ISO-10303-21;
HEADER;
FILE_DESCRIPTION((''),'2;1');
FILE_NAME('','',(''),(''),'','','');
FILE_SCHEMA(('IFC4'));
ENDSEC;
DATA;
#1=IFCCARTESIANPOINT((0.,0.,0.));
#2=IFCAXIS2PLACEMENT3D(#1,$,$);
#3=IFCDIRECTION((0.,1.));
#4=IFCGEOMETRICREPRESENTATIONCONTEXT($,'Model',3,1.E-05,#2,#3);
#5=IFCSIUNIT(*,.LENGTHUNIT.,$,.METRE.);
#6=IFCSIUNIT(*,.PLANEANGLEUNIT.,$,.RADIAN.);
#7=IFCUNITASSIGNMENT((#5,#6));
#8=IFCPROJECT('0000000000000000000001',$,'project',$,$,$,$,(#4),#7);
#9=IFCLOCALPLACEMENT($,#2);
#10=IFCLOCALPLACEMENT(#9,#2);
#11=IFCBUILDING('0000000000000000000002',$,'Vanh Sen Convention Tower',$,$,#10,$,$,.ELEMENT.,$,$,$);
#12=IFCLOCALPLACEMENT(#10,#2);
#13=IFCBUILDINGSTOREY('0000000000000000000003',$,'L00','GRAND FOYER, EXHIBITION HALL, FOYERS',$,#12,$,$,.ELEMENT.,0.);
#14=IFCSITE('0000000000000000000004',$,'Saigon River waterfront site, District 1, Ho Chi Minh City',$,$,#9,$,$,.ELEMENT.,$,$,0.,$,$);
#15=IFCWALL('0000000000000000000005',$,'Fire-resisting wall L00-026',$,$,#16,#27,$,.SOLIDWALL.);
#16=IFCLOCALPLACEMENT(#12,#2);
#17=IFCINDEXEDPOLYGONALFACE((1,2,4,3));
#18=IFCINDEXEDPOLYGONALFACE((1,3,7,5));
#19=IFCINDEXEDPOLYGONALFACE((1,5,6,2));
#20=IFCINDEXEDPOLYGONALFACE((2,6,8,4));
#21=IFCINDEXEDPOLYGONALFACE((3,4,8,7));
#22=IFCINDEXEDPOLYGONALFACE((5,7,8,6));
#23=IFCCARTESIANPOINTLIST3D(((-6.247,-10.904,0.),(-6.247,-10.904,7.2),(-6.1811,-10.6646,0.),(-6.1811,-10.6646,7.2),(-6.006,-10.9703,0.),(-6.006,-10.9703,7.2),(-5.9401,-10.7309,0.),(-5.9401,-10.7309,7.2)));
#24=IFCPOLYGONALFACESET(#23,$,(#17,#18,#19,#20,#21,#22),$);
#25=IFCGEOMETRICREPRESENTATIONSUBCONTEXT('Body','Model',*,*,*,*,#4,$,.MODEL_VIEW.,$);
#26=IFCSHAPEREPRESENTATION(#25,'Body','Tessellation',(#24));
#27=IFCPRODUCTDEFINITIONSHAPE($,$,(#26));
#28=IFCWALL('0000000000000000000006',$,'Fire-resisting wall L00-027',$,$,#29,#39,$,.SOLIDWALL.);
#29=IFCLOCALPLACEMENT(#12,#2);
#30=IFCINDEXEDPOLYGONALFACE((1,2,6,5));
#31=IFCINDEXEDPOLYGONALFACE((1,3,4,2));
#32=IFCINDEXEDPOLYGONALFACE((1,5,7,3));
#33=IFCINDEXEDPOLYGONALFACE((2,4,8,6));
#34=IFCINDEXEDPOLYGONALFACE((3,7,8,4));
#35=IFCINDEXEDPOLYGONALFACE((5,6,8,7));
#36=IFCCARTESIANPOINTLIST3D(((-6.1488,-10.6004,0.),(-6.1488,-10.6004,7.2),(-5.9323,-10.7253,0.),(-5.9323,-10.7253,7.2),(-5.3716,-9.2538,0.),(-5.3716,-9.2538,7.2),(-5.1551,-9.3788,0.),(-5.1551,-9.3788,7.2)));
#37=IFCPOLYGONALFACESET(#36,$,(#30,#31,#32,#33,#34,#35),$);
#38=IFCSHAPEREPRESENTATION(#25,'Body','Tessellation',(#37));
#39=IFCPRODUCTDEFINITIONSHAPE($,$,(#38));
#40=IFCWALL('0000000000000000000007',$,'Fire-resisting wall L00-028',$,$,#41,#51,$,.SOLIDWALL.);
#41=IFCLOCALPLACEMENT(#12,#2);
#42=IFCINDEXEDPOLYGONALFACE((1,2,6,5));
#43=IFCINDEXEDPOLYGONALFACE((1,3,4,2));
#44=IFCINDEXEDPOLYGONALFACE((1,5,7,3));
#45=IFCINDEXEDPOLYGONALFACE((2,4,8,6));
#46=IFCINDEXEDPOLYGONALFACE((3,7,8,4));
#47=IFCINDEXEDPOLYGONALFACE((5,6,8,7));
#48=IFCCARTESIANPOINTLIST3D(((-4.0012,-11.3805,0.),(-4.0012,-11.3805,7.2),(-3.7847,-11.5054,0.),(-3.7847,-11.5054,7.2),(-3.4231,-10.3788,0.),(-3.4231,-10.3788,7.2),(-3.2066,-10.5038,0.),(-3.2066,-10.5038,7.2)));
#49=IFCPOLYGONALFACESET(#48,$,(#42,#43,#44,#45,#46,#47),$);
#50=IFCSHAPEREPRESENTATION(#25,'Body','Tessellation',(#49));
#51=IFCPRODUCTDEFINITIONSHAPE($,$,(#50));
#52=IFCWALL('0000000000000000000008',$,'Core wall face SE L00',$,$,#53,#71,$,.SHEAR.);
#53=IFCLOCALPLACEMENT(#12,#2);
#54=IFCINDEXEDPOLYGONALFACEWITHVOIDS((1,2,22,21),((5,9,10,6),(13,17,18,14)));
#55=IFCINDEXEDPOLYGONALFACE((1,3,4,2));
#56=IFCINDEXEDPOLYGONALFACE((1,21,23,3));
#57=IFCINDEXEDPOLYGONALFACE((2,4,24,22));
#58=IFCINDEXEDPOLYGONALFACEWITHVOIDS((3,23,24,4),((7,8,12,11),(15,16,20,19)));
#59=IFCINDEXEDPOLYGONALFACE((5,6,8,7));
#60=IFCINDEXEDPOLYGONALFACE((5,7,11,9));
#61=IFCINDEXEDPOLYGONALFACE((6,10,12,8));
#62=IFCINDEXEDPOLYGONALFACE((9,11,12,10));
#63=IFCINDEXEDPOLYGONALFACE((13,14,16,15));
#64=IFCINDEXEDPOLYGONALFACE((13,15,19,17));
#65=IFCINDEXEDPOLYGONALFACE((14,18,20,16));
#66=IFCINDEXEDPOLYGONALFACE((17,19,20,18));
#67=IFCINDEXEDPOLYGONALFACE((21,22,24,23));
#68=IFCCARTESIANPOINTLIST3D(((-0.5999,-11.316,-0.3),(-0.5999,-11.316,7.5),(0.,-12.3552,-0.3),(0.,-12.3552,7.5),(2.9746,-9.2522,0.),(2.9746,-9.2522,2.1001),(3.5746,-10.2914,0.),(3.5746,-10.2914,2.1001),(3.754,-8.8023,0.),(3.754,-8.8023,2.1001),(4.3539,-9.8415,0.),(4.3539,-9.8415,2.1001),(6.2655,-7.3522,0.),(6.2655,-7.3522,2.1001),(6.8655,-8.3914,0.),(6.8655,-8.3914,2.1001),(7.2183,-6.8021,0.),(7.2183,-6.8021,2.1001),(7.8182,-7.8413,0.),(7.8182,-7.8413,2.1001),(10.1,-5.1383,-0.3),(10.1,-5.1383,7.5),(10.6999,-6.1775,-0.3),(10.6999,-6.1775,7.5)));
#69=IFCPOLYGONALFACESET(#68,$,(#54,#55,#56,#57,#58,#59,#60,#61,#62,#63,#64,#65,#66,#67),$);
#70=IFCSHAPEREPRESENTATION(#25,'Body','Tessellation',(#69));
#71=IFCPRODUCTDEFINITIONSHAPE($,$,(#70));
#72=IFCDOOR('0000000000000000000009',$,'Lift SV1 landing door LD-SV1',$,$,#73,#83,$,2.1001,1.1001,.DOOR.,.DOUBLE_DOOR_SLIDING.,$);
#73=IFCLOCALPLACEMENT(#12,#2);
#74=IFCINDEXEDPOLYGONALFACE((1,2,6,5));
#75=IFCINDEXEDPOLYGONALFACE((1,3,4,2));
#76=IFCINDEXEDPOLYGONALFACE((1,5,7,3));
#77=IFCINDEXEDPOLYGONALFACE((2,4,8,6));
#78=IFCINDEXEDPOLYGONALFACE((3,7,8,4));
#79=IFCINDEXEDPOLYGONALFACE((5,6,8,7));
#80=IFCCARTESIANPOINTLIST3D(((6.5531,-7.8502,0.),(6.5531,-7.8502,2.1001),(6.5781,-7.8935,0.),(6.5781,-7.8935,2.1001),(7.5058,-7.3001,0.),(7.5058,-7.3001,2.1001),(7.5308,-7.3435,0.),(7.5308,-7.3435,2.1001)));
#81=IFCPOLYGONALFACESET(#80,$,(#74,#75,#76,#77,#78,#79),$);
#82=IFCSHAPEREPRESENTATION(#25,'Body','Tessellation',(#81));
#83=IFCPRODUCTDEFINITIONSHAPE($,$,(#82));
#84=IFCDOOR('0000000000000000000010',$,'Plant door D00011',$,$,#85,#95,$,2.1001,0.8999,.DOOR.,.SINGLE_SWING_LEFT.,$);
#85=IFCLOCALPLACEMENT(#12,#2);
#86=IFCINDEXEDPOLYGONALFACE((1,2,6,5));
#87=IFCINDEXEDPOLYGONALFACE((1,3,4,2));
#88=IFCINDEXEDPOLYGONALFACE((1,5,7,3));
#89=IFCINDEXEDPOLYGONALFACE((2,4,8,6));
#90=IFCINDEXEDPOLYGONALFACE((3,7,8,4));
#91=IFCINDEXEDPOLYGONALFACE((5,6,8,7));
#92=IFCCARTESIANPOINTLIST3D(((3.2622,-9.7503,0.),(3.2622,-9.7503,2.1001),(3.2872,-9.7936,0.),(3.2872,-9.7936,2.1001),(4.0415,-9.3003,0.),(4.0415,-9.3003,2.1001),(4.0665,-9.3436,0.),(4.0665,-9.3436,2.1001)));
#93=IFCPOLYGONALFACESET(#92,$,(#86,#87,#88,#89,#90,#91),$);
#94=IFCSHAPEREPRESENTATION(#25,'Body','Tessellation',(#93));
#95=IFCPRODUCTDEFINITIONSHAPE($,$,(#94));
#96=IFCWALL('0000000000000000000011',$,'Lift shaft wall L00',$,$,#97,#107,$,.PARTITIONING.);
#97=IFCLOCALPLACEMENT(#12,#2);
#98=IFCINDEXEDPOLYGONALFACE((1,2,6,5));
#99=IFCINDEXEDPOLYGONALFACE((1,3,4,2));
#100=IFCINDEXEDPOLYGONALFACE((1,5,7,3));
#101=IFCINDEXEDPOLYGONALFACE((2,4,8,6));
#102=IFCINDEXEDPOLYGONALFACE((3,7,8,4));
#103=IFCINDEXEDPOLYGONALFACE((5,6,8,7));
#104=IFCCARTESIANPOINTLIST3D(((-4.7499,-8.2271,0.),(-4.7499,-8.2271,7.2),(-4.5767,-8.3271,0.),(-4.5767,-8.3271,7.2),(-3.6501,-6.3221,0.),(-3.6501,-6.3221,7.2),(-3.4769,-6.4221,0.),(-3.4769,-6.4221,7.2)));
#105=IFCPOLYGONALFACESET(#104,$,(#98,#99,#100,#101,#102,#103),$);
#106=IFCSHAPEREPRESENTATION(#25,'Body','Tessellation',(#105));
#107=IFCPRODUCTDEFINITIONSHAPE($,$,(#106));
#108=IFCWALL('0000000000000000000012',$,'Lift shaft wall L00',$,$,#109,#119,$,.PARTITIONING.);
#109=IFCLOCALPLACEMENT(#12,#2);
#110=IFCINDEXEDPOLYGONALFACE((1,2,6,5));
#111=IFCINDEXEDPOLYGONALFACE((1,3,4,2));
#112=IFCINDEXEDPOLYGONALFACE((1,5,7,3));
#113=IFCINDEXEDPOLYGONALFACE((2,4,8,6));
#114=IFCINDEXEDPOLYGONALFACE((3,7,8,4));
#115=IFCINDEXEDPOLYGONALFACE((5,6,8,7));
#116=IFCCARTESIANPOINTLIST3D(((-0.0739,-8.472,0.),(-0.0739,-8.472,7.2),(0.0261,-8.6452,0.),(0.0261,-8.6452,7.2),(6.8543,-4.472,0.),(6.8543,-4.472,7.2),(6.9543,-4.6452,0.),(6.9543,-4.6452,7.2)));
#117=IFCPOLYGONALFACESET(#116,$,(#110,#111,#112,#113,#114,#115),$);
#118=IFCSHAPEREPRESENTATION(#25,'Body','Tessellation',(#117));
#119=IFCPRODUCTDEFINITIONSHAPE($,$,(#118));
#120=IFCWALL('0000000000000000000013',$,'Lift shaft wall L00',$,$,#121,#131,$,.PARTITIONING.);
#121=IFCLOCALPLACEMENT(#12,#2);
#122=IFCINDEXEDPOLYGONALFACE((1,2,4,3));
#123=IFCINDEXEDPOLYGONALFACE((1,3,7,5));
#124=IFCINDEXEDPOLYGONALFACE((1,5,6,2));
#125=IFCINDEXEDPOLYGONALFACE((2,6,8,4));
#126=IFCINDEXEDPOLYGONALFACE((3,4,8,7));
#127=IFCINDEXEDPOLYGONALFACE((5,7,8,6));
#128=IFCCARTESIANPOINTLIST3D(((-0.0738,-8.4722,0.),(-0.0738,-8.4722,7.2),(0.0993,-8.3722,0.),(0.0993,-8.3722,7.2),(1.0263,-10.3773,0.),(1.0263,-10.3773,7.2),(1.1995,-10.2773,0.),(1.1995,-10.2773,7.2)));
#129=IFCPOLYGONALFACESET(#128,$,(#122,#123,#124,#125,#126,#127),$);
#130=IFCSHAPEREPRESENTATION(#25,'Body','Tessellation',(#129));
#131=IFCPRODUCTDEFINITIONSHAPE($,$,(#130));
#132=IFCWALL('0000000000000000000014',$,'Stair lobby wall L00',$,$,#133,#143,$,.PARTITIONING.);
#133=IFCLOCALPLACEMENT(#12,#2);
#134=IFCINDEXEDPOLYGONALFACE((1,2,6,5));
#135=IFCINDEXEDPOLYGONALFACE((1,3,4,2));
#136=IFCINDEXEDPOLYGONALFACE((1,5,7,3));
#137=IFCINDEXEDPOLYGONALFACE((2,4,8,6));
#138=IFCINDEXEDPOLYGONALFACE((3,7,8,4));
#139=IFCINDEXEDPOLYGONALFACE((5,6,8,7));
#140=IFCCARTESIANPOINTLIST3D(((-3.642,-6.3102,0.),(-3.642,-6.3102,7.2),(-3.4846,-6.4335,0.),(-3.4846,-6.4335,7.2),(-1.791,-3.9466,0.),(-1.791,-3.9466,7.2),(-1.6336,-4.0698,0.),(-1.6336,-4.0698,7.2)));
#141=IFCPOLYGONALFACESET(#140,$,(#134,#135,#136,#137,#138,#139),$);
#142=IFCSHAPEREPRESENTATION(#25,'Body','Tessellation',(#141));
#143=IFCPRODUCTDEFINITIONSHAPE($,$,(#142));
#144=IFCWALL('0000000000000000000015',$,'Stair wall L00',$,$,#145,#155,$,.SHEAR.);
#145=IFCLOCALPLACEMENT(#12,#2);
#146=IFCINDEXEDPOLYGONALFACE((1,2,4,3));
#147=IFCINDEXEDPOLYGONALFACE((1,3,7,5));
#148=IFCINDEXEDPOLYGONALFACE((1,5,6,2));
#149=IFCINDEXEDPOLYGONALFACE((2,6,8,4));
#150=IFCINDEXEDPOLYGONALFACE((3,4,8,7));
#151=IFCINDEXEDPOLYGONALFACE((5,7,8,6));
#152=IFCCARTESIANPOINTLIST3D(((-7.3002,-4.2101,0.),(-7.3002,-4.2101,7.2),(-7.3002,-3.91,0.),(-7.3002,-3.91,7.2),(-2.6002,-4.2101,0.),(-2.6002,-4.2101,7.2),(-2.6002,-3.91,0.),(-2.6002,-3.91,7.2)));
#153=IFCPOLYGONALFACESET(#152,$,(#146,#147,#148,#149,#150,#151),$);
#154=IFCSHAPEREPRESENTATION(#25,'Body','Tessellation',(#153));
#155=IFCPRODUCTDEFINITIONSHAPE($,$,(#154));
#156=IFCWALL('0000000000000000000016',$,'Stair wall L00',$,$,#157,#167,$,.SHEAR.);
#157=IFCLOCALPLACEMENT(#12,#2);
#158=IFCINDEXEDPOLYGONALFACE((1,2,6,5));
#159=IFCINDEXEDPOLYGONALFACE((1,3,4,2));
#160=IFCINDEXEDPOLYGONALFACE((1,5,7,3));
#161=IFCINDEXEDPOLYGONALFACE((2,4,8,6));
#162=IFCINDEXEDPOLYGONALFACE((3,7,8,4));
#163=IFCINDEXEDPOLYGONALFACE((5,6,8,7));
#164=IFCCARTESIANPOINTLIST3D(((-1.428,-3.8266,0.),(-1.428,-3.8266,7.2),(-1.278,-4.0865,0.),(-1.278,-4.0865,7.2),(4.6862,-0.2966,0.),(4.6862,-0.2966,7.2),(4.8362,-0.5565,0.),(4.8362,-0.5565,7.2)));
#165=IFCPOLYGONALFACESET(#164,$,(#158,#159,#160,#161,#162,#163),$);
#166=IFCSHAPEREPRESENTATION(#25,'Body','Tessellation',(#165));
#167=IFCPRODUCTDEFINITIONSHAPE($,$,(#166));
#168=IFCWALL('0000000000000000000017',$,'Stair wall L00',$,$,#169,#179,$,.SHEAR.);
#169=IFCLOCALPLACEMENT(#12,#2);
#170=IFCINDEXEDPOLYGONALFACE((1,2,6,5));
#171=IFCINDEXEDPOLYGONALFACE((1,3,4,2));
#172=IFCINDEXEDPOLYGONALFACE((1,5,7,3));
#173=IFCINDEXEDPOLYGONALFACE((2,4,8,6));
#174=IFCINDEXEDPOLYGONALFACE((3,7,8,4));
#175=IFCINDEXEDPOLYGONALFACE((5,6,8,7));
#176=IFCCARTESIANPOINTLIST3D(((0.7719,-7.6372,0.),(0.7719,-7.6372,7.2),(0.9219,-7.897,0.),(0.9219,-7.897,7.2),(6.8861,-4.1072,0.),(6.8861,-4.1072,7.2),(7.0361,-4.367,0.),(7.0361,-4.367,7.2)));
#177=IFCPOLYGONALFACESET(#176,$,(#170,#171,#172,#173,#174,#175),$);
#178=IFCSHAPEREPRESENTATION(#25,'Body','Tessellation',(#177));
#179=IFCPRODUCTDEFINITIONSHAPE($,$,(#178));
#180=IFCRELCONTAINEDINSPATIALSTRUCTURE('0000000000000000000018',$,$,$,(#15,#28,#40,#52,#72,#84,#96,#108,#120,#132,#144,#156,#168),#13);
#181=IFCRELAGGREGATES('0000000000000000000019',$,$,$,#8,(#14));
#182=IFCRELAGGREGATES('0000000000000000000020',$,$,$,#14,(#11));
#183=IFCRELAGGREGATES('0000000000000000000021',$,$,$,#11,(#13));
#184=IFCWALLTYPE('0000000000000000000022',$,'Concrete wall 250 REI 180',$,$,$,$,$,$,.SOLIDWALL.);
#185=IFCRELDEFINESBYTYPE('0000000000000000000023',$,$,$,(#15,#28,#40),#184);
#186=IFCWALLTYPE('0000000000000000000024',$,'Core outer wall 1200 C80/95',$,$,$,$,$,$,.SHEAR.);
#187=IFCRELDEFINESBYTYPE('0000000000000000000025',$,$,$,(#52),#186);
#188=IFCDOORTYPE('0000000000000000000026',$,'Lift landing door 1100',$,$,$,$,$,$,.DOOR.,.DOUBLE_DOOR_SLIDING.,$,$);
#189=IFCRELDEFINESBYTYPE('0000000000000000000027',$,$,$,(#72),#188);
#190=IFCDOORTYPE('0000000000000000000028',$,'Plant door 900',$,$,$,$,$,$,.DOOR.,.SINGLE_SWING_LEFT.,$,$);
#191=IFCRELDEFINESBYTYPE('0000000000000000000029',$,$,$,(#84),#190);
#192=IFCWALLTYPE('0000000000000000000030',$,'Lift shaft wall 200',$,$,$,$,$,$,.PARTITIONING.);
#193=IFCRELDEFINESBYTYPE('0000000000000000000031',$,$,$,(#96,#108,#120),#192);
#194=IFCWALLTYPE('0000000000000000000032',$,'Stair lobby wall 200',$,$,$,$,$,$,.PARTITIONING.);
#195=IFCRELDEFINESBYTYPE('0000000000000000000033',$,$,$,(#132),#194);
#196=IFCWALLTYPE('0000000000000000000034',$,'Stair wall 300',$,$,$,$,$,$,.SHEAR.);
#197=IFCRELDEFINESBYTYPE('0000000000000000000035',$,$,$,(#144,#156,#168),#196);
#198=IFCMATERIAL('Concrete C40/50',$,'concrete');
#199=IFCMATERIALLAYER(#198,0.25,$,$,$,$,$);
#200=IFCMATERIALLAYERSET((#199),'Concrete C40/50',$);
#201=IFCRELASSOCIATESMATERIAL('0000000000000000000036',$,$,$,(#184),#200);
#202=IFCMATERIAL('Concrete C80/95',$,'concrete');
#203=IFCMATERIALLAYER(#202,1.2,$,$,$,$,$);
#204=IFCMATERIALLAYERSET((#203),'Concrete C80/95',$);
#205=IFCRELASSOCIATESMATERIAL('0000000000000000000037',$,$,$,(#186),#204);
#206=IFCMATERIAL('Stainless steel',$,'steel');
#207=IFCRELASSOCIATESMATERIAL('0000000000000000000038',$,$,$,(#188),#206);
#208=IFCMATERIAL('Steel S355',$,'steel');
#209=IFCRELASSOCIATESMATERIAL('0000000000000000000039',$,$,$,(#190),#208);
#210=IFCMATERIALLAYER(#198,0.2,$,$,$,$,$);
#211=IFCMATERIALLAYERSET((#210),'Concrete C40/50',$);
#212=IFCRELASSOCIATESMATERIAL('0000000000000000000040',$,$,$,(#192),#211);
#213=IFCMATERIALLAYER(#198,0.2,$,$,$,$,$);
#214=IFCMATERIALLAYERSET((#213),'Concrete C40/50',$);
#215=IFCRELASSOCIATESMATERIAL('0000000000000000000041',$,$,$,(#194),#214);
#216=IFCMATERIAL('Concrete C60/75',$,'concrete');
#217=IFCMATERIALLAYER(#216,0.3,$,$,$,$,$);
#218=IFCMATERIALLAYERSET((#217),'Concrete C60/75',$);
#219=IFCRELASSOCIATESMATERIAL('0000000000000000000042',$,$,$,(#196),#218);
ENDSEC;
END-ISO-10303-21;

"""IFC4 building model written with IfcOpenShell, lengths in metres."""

from ifc_helpers import new_model, si_unit, direction, frame, frame_2d, origin, place, context, subcontext, project, spatial, rectangle, extrude, material, layer, layer_set, type_object, element, fill, save


model = new_model("IFC4")

# Units and contexts
model_context = context("Model", 3, precision=1e-05, world=origin(), true_north=direction((0.0, 1.0)))
body_context = subcontext(model_context, "Body", "Model", "MODEL_VIEW")
ifc_project = project(units=[si_unit("LENGTHUNIT", "METRE"), si_unit("PLANEANGLEUNIT", "RADIAN")], contexts=[model_context])

# Site, building, storey
site_placement = place(None, origin())
site = spatial("IfcSite", under=ifc_project, at=site_placement, Name="Saigon River waterfront site, District 1, Ho Chi Minh City", CompositionType="ELEMENT", RefElevation=0.0)
building_placement = place(site_placement, origin())
building = spatial("IfcBuilding", under=site, at=building_placement, Name="Vanh Sen Convention Tower", CompositionType="ELEMENT")
storey_placement = place(building_placement, origin())
storey = spatial("IfcBuildingStorey", under=building, at=storey_placement, Name="L00", Description="GRAND FOYER, EXHIBITION HALL, FOYERS", CompositionType="ELEMENT", Elevation=0.0)

# Shared definitions
ifc_material_1 = material(Name="Concrete C40/50", Category="concrete")

# Shared definitions
ifc_material_2 = material(Name="Concrete C80/95", Category="concrete")

# Walls
ifc_layer_1 = layer(ifc_material_1, 0.25)
ifc_layer_set_1 = layer_set([ifc_layer_1], Name="Concrete C40/50")
wall_type_1 = type_object("IfcWallType", Name="Concrete wall 250 REI 180", PredefinedType="SOLIDWALL", material=ifc_layer_set_1)
wall_1_placement = place(storey_placement, frame((-6.1265, -10.937, 0.0), z_axis=(0.0, 0.0, 1.0), x_axis=(0.265362, 0.964149, 0.0)))
element("IfcWall", 1, at=wall_1_placement, inside=storey, type_object=wall_type_1, Name="Fire-resisting wall L00-026", PredefinedType="SOLIDWALL", context=body_context, shape_type="SweptSolid", body=[
    extrude(rectangle(XDim=0.2483, YDim=0.25, at=frame_2d((0.124, 0.0))), origin(), (0.0, 0.0, 1.0), 7.2),
])
wall_2_placement = place(storey_placement, frame((-6.0405, -10.6628, 0.0), z_axis=(0.0, 0.0, 1.0), x_axis=(0.499872, 0.866099, 0.0)))
element("IfcWall", 2, at=wall_2_placement, inside=storey, type_object=wall_type_1, Name="Fire-resisting wall L00-027", PredefinedType="SOLIDWALL", context=body_context, shape_type="SweptSolid", body=[
    extrude(rectangle(XDim=1.5547, YDim=0.25, at=frame_2d((0.7773, 0.0))), origin(), (0.0, 0.0, 1.0), 7.2),
])
wall_3_placement = place(storey_placement, frame((-3.3149, -10.4414, 0.0), z_axis=(0.0, 0.0, 1.0), x_axis=(-0.499863, -0.866105, 0.0)))
element("IfcWall", 3, at=wall_3_placement, inside=storey, type_object=wall_type_1, Name="Fire-resisting wall L00-028", PredefinedType="SOLIDWALL", context=body_context, shape_type="SweptSolid", body=[
    extrude(rectangle(XDim=1.1565, YDim=0.25, at=frame_2d((0.5781, 0.0))), origin(), (0.0, 0.0, 1.0), 7.2),
])

# Wall, openings, doors
ifc_layer_2 = layer(ifc_material_2, 1.2)
ifc_layer_set_2 = layer_set([ifc_layer_2], Name="Concrete C80/95")
wall_type_2 = type_object("IfcWallType", Name="Core outer wall 1200 C80/95", PredefinedType="SHEAR", material=ifc_layer_set_2)
wall_4_placement = place(storey_placement, frame((-0.3, -11.8357, -0.3), z_axis=(0.0, 0.0, 1.0), x_axis=(0.866021, 0.500007, 0.0)))
wall_4 = element("IfcWall", 4, at=wall_4_placement, inside=storey, type_object=wall_type_2, Name="Core wall face SE L00", PredefinedType="SHEAR", context=body_context, shape_type="SweptSolid", body=[
    extrude(rectangle(XDim=12.3552, YDim=1.2, at=frame_2d((6.1777, 0.0))), origin(), (0.0, 0.0, 1.0), 7.8),
])
opening_1_placement = place(wall_4_placement, frame((4.1277, 0.0, 0.3)))
opening_1 = element("IfcOpeningElement", 5, at=opening_1_placement, cuts=wall_4, PredefinedType="OPENING", context=body_context, shape_type="SweptSolid", body=[
    extrude(rectangle(XDim=0.8999, YDim=2.1001, at=frame_2d((0.45, 1.05))), frame((0.0, 0.6099, 0.0), z_axis=(0.0, -1.0, 0.0), x_axis=(1.0, 0.0, 0.0)), (0.0, 0.0, 1.0), 1.22),
])
opening_2_placement = place(wall_4_placement, frame((7.9277, 0.0, 0.3)))
opening_2 = element("IfcOpeningElement", 6, at=opening_2_placement, cuts=wall_4, PredefinedType="OPENING", context=body_context, shape_type="SweptSolid", body=[
    extrude(rectangle(XDim=1.1001, YDim=2.1001, at=frame_2d((0.55, 1.05))), frame((0.0, 0.6099, 0.0), z_axis=(0.0, -1.0, 0.0), x_axis=(1.0, 0.0, 0.0)), (0.0, 0.0, 1.0), 1.22),
])
ifc_material_3 = material(Name="Stainless steel", Category="steel")
door_type_1 = type_object("IfcDoorType", Name="Lift landing door 1100", OperationType="DOUBLE_DOOR_SLIDING", PredefinedType="DOOR", material=ifc_material_3)
door_1_placement = place(opening_2_placement, origin())
door_1 = element("IfcDoor", 7, at=door_1_placement, inside=storey, type_object=door_type_1, Name="Lift SV1 landing door LD-SV1", OperationType="DOUBLE_DOOR_SLIDING", OverallHeight=2.1001, OverallWidth=1.1001, PredefinedType="DOOR", context=body_context, shape_type="SweptSolid", body=[
    extrude(rectangle(XDim=1.1001, YDim=2.1001, at=frame_2d((0.55, 1.05))), frame((0.0, 0.0249, 0.0), z_axis=(0.0, -1.0, 0.0), x_axis=(1.0, 0.0, 0.0)), (0.0, 0.0, 1.0), 0.05),
])
fill(opening_2, door_1)
ifc_material_4 = material(Name="Steel S355", Category="steel")
door_type_2 = type_object("IfcDoorType", Name="Plant door 900", OperationType="SINGLE_SWING_LEFT", PredefinedType="DOOR", material=ifc_material_4)
door_2_placement = place(opening_1_placement, origin())
door_2 = element("IfcDoor", 8, at=door_2_placement, inside=storey, type_object=door_type_2, Name="Plant door D00011", OperationType="SINGLE_SWING_LEFT", OverallHeight=2.1001, OverallWidth=0.8999, PredefinedType="DOOR", context=body_context, shape_type="SweptSolid", body=[
    extrude(rectangle(XDim=0.8999, YDim=2.1001, at=frame_2d((0.45, 1.05))), frame((0.0, 0.0249, 0.0), z_axis=(0.0, -1.0, 0.0), x_axis=(1.0, 0.0, 0.0)), (0.0, 0.0, 1.0), 0.05),
])
fill(opening_1, door_2)

# Walls
ifc_layer_3 = layer(ifc_material_1, 0.2)
ifc_layer_set_3 = layer_set([ifc_layer_3], Name="Concrete C40/50")
wall_type_3 = type_object("IfcWallType", Name="Lift shaft wall 200", PredefinedType="PARTITIONING", material=ifc_layer_set_3)
wall_5_placement = place(storey_placement, frame((-3.5635, -6.3721, 0.0), z_axis=(0.0, 0.0, 1.0), x_axis=(-0.499995, -0.866028, 0.0)))
element("IfcWall", 9, at=wall_5_placement, inside=storey, type_object=wall_type_3, Name="Lift shaft wall L00", PredefinedType="PARTITIONING", context=body_context, shape_type="SweptSolid", body=[
    extrude(rectangle(XDim=2.1997, YDim=0.2, at=frame_2d((1.0999, 0.0))), origin(), (0.0, 0.0, 1.0), 7.2),
])
wall_6_placement = place(storey_placement, frame((-0.0239, -8.5586, 0.0), z_axis=(0.0, 0.0, 1.0), x_axis=(0.866026, 0.499999, 0.0)))
element("IfcWall", 10, at=wall_6_placement, inside=storey, type_object=wall_type_3, Name="Lift shaft wall L00", PredefinedType="PARTITIONING", context=body_context, shape_type="SweptSolid", body=[
    extrude(rectangle(XDim=8.0, YDim=0.2, at=frame_2d((4.0, 0.0))), origin(), (0.0, 0.0, 1.0), 7.2),
])
wall_7_placement = place(storey_placement, frame((0.0127, -8.4221, 0.0), z_axis=(0.0, 0.0, 1.0), x_axis=(0.500078, -0.86598, 0.0)))
element("IfcWall", 11, at=wall_7_placement, inside=storey, type_object=wall_type_3, Name="Lift shaft wall L00", PredefinedType="PARTITIONING", context=body_context, shape_type="SweptSolid", body=[
    extrude(rectangle(XDim=2.2, YDim=0.2, at=frame_2d((1.1001, 0.0))), origin(), (0.0, 0.0, 1.0), 7.2),
])
ifc_layer_4 = layer(ifc_material_1, 0.2)
ifc_layer_set_4 = layer_set([ifc_layer_4], Name="Concrete C40/50")
wall_type_4 = type_object("IfcWallType", Name="Stair lobby wall 200", PredefinedType="PARTITIONING", material=ifc_layer_set_4)
wall_8_placement = place(storey_placement, frame((-1.7124, -4.0083, 0.0), z_axis=(0.0, 0.0, 1.0), x_axis=(-0.616549, -0.787316, 0.0)))
element("IfcWall", 12, at=wall_8_placement, inside=storey, type_object=wall_type_4, Name="Stair lobby wall L00", PredefinedType="PARTITIONING", context=body_context, shape_type="SweptSolid", body=[
    extrude(rectangle(XDim=3.0022, YDim=0.2, at=frame_2d((1.501, 0.0))), origin(), (0.0, 0.0, 1.0), 7.2),
])
ifc_material_5 = material(Name="Concrete C60/75", Category="concrete")
ifc_layer_5 = layer(ifc_material_5, 0.3)
ifc_layer_set_5 = layer_set([ifc_layer_5], Name="Concrete C60/75")
wall_type_5 = type_object("IfcWallType", Name="Stair wall 300", PredefinedType="SHEAR", material=ifc_layer_set_5)
wall_9_placement = place(storey_placement, frame((-2.6001, -4.0601, 0.0), z_axis=(0.0, 0.0, 1.0), x_axis=(-1.0, 0.0, 0.0)))
element("IfcWall", 13, at=wall_9_placement, inside=storey, type_object=wall_type_5, Name="Stair wall L00", PredefinedType="SHEAR", context=body_context, shape_type="SweptSolid", body=[
    extrude(rectangle(XDim=4.7, YDim=0.3, at=frame_2d((2.3501, 0.0))), origin(), (0.0, 0.0, 1.0), 7.2),
])
for number, where, z_axis, x_axis, name in (
    (14, (-1.353, -3.9565, 0.0), (0.0, 0.0, 1.0), (0.866028, 0.499996, 0.0), "Stair wall L00"),
    (15, (0.8469, -7.7671, 0.0), (0.0, 0.0, 1.0), (0.866028, 0.499996, 0.0), "Stair wall L00"),
):
    element("IfcWall", number, at=place(storey_placement, frame(where, z_axis=z_axis, x_axis=x_axis)), inside=storey, type_object=wall_type_5, Name=name, PredefinedType="SHEAR", context=body_context, shape_type="SweptSolid", body=[
        extrude(rectangle(XDim=7.0601, YDim=0.3, at=frame_2d((3.53, 0.0))), origin(), (0.0, 0.0, 1.0), 7.2),
    ])

save(model, "model.ifc")
